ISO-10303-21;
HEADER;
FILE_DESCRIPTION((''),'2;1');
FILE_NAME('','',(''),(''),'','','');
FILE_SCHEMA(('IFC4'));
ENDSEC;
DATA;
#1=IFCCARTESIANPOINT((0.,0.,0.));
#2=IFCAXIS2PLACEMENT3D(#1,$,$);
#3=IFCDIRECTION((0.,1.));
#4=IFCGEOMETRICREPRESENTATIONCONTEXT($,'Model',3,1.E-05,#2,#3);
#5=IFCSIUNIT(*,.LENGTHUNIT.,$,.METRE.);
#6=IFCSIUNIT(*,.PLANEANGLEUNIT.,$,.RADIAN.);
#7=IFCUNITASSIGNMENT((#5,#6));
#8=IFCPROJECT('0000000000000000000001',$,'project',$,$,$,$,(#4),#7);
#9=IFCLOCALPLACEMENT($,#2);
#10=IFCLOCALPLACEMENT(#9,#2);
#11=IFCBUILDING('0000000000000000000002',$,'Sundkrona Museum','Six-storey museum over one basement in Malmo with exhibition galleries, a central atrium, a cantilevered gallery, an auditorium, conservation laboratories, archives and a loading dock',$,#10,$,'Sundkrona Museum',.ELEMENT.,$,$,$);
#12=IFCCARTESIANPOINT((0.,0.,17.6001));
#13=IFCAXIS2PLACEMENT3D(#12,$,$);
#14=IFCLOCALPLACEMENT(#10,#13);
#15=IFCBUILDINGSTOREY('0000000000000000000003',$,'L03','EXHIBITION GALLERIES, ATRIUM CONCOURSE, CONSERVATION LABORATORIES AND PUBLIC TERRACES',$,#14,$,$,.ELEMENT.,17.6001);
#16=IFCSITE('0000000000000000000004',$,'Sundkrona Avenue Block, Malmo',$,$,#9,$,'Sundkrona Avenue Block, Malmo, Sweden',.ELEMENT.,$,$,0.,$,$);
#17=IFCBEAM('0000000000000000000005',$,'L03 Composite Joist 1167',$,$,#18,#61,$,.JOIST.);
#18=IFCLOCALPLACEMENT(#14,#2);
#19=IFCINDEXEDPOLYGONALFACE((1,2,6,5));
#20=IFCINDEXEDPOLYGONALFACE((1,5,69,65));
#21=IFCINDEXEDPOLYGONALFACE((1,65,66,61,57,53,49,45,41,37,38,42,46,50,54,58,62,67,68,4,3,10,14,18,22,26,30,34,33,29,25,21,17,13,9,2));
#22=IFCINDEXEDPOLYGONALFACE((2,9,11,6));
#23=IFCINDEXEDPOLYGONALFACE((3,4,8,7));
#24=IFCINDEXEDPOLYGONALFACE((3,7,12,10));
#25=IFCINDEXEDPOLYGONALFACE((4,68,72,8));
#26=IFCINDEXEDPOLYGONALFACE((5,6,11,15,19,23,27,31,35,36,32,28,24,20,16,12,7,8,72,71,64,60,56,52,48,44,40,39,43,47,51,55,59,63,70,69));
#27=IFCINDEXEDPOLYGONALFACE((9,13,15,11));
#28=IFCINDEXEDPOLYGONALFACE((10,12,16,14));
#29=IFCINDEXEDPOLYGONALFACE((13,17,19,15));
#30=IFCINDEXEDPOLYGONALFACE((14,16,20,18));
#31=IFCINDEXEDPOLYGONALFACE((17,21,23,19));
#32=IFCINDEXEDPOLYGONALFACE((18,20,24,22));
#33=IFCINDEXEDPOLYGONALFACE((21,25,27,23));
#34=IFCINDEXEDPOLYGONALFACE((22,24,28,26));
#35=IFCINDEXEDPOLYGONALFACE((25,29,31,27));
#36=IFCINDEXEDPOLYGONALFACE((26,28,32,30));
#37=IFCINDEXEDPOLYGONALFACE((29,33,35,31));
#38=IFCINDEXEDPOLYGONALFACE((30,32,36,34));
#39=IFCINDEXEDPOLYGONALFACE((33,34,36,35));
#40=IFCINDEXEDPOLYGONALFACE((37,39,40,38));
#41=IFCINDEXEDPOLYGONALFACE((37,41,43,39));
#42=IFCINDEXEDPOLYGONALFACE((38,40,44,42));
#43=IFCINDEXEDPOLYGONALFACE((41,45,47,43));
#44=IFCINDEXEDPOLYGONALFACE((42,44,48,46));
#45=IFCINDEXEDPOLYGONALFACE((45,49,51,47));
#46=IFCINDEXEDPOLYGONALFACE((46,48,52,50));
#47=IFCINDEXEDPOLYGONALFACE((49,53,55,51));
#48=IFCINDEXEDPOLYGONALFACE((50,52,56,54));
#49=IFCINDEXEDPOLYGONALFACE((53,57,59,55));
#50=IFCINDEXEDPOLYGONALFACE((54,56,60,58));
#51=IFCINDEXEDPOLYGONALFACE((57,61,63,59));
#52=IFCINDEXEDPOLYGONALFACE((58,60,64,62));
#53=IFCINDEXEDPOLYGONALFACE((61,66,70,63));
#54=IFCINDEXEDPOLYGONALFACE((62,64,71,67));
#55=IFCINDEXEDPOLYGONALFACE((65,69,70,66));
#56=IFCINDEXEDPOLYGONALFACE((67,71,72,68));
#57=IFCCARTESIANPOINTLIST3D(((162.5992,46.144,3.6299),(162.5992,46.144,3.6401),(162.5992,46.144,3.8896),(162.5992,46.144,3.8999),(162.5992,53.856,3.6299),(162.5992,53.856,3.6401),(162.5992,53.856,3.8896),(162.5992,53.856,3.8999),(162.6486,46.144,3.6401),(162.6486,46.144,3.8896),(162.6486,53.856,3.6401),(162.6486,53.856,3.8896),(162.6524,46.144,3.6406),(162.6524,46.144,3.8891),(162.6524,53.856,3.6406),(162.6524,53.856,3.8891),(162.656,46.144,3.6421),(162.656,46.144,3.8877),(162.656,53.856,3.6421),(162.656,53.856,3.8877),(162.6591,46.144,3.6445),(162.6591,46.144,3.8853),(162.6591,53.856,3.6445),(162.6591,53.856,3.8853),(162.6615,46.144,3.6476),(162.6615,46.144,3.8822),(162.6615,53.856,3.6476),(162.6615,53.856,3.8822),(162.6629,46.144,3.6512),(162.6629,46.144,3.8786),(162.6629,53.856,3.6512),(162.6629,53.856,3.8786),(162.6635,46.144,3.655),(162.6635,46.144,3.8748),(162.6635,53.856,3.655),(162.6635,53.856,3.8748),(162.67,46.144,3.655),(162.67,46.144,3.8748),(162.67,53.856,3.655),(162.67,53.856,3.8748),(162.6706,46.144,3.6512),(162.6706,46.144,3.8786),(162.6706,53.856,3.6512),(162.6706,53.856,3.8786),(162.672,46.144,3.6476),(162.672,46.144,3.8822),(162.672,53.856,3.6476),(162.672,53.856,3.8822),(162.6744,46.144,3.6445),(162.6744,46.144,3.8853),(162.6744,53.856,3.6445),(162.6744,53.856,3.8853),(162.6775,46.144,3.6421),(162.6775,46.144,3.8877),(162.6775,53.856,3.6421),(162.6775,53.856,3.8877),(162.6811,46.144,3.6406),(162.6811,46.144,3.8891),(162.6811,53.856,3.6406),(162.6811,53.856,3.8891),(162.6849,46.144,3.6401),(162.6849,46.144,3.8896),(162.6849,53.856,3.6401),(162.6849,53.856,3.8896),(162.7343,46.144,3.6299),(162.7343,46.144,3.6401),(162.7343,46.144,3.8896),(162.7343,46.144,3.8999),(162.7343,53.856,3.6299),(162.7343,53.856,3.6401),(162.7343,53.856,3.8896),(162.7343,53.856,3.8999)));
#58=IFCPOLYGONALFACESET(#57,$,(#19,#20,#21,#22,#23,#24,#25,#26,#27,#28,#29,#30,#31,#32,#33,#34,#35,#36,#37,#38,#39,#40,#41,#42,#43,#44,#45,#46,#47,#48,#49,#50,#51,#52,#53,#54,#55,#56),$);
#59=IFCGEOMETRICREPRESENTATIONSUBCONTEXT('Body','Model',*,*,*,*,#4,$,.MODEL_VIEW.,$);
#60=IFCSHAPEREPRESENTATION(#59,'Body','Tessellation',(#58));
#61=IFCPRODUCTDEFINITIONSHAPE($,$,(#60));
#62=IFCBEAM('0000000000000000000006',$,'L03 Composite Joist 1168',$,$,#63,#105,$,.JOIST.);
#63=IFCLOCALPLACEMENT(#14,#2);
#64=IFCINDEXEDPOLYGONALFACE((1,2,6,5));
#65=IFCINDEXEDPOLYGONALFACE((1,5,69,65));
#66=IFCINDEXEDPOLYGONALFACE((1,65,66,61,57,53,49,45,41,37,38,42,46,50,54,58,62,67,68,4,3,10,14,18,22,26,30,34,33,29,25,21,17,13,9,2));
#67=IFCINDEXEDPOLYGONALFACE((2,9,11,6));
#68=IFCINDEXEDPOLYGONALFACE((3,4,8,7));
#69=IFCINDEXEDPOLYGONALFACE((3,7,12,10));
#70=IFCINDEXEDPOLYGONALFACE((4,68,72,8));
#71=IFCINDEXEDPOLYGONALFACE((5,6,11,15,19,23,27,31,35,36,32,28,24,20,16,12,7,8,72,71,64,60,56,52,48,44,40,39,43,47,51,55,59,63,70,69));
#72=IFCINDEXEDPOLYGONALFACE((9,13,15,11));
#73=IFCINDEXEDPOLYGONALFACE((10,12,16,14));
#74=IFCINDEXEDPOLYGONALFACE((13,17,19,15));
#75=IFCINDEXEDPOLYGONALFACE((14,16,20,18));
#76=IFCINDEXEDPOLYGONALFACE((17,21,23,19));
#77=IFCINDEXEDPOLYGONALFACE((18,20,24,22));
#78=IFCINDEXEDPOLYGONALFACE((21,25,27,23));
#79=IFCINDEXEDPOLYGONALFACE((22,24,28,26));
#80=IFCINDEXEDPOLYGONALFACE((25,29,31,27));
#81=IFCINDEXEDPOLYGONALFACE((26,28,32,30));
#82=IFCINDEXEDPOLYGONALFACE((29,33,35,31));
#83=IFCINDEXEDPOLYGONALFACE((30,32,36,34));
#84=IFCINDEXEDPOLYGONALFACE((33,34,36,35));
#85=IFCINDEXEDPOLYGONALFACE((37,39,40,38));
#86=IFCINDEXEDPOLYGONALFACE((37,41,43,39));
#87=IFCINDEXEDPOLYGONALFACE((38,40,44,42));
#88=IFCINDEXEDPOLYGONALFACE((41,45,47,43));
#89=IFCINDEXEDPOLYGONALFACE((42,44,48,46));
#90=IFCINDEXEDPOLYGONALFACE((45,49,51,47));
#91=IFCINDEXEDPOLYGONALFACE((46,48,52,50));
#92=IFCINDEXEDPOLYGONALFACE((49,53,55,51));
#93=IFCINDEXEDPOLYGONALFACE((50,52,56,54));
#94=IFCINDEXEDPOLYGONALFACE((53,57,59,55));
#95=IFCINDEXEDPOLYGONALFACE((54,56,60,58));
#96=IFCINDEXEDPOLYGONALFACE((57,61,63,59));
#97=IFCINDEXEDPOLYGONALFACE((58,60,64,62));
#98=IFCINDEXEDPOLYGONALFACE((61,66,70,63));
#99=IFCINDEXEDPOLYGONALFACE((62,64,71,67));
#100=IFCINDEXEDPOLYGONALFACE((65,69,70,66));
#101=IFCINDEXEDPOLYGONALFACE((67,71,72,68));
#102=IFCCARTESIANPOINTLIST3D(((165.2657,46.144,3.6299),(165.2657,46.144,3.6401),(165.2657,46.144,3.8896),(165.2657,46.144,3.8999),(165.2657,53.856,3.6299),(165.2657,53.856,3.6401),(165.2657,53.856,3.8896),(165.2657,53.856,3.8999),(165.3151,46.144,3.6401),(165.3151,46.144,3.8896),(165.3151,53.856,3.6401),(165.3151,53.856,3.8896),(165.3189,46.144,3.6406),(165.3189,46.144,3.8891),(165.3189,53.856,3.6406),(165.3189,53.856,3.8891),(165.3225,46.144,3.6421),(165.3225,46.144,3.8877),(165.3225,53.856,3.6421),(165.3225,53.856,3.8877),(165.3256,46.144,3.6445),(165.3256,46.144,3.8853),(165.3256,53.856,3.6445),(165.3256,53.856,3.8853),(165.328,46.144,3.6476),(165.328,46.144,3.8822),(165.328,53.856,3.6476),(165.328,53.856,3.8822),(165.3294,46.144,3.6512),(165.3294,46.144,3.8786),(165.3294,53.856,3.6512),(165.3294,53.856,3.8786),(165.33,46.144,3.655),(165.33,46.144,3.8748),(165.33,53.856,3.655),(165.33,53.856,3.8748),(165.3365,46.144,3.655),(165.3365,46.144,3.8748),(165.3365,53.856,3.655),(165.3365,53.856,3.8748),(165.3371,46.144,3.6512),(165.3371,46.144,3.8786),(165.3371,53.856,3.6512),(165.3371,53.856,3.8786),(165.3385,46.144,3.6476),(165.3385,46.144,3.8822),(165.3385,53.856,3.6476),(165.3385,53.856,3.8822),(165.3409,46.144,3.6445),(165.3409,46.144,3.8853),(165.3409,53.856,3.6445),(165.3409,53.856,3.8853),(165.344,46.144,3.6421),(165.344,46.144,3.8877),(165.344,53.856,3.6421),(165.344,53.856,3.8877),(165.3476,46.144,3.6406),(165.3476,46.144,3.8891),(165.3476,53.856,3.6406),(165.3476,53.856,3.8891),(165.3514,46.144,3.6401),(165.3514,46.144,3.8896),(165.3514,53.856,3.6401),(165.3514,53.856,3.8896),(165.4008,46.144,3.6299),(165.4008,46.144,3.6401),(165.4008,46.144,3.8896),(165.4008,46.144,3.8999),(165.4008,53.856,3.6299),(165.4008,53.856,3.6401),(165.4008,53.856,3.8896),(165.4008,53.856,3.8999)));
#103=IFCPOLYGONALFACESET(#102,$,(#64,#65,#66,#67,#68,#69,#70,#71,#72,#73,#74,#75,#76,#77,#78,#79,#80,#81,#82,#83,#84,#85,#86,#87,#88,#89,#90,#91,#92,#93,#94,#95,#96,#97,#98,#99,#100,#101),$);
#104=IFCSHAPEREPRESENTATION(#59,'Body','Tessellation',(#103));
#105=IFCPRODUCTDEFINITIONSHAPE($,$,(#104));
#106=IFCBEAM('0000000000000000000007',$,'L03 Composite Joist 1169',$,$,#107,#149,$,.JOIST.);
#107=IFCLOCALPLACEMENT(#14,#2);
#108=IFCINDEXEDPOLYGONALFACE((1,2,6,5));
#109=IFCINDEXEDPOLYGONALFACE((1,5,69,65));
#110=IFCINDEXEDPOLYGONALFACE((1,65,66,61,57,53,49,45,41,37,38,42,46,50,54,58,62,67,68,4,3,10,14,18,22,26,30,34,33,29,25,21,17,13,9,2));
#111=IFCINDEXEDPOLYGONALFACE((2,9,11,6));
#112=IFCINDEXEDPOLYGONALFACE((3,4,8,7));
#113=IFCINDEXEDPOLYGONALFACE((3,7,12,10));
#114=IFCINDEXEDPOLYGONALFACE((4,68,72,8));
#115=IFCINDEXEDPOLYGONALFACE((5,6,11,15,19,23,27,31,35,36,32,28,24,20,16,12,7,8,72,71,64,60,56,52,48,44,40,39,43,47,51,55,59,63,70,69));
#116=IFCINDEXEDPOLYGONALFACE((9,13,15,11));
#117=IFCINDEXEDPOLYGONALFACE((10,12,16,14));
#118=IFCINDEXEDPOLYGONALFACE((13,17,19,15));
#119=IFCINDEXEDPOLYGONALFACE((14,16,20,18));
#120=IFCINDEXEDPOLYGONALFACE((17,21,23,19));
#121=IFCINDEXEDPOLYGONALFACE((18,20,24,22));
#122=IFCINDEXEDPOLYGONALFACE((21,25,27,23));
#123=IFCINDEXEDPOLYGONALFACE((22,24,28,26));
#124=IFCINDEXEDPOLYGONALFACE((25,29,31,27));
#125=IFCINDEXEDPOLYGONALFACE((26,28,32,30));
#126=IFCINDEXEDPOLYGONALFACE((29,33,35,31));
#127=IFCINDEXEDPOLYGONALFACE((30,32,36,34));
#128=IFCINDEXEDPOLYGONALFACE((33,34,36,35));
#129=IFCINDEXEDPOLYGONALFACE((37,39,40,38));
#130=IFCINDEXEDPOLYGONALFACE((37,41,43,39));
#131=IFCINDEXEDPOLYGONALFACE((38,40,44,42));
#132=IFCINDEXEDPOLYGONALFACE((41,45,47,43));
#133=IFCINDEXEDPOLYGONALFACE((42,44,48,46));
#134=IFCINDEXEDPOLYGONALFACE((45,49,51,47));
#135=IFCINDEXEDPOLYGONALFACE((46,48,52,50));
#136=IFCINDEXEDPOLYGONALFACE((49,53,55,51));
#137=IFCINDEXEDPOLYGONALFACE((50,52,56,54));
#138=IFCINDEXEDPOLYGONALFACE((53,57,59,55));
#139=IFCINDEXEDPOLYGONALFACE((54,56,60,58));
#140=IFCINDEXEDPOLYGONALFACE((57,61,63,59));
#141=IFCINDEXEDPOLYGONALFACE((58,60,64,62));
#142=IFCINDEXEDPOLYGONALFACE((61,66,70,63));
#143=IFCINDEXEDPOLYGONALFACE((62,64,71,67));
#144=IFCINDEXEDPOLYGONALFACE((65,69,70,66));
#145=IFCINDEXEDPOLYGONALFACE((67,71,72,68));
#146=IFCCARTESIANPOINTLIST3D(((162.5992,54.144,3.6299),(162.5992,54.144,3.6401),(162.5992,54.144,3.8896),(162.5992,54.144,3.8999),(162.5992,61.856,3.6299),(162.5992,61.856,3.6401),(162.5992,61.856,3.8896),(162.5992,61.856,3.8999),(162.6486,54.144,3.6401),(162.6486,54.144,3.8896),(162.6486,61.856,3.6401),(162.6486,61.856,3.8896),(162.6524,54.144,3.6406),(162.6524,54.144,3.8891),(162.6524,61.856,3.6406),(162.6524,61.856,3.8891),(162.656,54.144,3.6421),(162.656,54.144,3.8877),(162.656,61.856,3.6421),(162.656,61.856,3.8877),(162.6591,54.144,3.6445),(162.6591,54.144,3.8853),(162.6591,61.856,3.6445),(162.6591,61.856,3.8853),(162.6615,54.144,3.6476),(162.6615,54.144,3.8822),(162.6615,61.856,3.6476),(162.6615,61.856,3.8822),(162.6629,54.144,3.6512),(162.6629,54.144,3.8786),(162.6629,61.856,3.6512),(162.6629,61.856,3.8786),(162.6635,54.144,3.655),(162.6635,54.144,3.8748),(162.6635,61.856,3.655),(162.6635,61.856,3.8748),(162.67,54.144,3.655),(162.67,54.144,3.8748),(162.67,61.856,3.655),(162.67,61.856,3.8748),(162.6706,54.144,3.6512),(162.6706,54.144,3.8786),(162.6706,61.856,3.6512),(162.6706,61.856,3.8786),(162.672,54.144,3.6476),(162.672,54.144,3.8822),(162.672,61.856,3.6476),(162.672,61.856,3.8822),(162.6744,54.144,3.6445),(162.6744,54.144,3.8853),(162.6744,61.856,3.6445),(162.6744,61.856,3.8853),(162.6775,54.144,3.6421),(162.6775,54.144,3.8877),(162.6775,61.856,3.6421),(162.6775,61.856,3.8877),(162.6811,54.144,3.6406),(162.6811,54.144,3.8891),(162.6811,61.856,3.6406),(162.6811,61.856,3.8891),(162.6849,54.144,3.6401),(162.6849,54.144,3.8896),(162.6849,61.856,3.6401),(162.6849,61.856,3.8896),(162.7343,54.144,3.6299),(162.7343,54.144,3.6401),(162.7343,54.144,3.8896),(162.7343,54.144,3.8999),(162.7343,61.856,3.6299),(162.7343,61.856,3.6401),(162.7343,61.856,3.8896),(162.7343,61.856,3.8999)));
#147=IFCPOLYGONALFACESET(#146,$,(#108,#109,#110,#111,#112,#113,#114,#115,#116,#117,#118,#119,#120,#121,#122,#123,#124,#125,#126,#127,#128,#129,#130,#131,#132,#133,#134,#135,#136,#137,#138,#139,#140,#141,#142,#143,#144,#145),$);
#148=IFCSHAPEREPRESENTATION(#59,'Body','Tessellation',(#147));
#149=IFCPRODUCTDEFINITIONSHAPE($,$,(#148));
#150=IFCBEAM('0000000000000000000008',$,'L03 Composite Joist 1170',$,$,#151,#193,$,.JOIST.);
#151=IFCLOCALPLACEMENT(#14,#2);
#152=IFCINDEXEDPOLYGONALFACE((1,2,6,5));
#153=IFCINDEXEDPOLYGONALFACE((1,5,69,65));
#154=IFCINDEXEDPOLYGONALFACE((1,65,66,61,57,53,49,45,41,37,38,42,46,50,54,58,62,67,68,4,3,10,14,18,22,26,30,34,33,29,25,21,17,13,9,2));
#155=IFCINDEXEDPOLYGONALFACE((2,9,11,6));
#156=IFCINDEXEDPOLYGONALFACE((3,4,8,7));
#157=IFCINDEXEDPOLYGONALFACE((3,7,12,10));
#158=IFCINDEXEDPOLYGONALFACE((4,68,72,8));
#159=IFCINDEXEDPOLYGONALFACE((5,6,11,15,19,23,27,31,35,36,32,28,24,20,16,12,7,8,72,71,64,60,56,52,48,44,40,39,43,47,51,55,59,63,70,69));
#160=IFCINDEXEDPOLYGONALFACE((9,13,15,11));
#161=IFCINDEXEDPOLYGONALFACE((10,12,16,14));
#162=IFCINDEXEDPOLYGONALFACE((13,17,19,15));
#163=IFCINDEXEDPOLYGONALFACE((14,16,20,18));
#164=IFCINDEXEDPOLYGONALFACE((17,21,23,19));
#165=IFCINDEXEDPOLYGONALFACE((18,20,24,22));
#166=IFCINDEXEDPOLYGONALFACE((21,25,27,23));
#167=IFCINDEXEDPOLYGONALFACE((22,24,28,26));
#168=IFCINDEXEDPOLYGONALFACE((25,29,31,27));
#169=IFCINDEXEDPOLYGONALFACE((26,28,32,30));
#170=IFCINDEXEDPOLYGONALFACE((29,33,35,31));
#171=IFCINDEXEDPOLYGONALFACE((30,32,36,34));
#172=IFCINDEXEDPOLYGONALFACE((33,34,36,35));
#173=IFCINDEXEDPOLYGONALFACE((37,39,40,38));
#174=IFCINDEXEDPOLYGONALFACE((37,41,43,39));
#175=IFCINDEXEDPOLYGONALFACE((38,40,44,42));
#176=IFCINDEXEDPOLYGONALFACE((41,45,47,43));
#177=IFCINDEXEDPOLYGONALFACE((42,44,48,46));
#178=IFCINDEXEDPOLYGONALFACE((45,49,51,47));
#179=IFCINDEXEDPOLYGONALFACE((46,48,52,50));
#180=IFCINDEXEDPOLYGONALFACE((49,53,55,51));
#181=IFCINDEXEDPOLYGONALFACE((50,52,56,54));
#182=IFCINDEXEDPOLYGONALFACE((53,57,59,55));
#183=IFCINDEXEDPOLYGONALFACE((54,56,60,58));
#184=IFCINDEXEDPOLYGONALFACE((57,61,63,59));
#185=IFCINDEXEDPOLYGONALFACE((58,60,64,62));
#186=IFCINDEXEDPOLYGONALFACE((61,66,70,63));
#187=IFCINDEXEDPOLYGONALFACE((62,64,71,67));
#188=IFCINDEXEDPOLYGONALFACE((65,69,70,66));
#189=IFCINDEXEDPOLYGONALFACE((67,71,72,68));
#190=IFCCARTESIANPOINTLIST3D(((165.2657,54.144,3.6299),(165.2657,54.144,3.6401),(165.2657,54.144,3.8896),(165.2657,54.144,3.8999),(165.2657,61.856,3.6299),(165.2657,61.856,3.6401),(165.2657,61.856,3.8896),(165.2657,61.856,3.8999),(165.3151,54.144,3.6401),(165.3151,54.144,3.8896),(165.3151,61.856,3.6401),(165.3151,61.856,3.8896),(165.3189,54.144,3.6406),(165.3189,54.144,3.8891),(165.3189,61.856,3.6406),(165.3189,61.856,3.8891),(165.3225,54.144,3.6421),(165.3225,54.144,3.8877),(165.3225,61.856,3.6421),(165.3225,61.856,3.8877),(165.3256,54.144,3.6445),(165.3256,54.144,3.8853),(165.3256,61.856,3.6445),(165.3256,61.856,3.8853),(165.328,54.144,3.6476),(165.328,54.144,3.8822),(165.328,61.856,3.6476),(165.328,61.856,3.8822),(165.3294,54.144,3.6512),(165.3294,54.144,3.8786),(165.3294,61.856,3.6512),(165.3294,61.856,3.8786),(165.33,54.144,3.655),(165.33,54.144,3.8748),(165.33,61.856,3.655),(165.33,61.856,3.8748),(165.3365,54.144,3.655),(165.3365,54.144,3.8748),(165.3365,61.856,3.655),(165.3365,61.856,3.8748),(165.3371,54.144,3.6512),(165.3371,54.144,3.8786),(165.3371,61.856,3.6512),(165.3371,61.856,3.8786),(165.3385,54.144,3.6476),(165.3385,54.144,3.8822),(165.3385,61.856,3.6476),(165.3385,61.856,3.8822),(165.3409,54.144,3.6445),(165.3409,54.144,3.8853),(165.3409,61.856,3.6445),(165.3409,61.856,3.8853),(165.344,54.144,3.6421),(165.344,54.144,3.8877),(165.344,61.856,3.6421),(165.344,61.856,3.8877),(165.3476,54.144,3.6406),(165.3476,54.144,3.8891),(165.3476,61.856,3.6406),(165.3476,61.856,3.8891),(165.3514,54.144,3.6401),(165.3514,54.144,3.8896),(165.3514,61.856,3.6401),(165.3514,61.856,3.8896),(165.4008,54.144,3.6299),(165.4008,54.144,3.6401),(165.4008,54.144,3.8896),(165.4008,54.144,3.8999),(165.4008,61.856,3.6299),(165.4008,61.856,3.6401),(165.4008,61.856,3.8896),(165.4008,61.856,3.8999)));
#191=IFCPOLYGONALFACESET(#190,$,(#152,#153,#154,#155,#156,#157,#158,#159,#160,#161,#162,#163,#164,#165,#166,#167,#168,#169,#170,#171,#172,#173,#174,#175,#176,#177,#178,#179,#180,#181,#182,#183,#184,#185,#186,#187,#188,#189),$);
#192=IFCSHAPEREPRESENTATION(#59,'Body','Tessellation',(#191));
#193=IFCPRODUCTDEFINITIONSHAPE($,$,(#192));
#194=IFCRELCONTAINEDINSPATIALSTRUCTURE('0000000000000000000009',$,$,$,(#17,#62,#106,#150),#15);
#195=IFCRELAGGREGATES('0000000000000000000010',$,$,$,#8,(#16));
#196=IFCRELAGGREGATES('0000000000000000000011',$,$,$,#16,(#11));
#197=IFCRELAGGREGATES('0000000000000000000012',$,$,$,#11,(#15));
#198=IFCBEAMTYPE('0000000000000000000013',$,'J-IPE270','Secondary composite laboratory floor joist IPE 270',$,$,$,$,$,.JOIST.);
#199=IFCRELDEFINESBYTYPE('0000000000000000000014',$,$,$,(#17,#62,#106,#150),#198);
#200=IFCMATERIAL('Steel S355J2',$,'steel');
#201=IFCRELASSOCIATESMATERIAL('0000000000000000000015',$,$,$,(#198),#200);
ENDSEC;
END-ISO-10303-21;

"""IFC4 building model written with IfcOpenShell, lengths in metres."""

from ifc_helpers import new_model, si_unit, direction, frame, origin, origin_2d, place, context, subcontext, project, spatial, i_section, extrude, material, material_profile, profile_set, type_object, element, save


model = new_model("IFC4")

# Units and contexts
model_context = context("Model", 3, precision=1e-05, world=origin(), true_north=direction((0.0, 1.0)))
body_context = subcontext(model_context, "Body", "Model", "MODEL_VIEW")
ifc_project = project(units=[si_unit("LENGTHUNIT", "METRE"), si_unit("PLANEANGLEUNIT", "RADIAN")], contexts=[model_context])

# Site, building, storey
site_placement = place(None, origin())
site = spatial("IfcSite", under=ifc_project, at=site_placement, Name="Sundkrona Avenue Block, Malmo", LongName="Sundkrona Avenue Block, Malmo, Sweden", CompositionType="ELEMENT", RefElevation=0.0)
building_placement = place(site_placement, origin())
building = spatial("IfcBuilding", under=site, at=building_placement, Name="Sundkrona Museum", Description="Six-storey museum over one basement in Malmo with exhibition galleries, a central atrium, a cantilevered gallery, an auditorium, conservation laboratories, archives and a loading dock", LongName="Sundkrona Museum", CompositionType="ELEMENT")
storey_placement = place(building_placement, frame((0.0, 0.0, 17.6001)))
storey = spatial("IfcBuildingStorey", under=building, at=storey_placement, Name="L03", Description="EXHIBITION GALLERIES, ATRIUM CONCOURSE, CONSERVATION LABORATORIES AND PUBLIC TERRACES", CompositionType="ELEMENT", Elevation=17.6001)

# Shared definitions
ifc_material_1 = material(Name="Steel S355J2", Category="steel")

# Beams
ifc_material_profile_1 = material_profile(ifc_material_1, i_section(OverallWidth=0.135, OverallDepth=0.27, WebThickness=0.0066, FlangeThickness=0.0103, FilletRadius=0.0149, at=origin_2d()), Name="IPE 270")
ifc_profile_set_1 = profile_set([ifc_material_profile_1], Name="Steel S355J2")
beam_type_1 = type_object("IfcBeamType", Name="J-IPE270", Description="Secondary composite laboratory floor joist IPE 270", PredefinedType="JOIST", material=ifc_profile_set_1)
for number, where, z_axis, x_axis, name in (
    (1, (162.6667, 46.144, 3.7649), (0.0, 1.0, 0.0), (-1.0, 0.0, 0.0), "L03 Composite Joist 1167"),
    (2, (165.3333, 46.144, 3.7649), (0.0, 1.0, 0.0), (-1.0, 0.0, 0.0), "L03 Composite Joist 1168"),
    (3, (162.6667, 54.144, 3.7649), (0.0, 1.0, 0.0), (-1.0, 0.0, 0.0), "L03 Composite Joist 1169"),
    (4, (165.3333, 54.144, 3.7649), (0.0, 1.0, 0.0), (-1.0, 0.0, 0.0), "L03 Composite Joist 1170"),
):
    element("IfcBeam", number, at=place(storey_placement, frame(where, z_axis=z_axis, x_axis=x_axis)), inside=storey, type_object=beam_type_1, Name=name, PredefinedType="JOIST", context=body_context, shape_type="SweptSolid", body=[
        extrude(i_section(OverallWidth=0.135, OverallDepth=0.27, WebThickness=0.0066, FlangeThickness=0.0103, FilletRadius=0.0149, at=origin_2d()), origin(), (0.0, 0.0, 1.0), 7.7119),
    ])

save(model, "model.ifc")
